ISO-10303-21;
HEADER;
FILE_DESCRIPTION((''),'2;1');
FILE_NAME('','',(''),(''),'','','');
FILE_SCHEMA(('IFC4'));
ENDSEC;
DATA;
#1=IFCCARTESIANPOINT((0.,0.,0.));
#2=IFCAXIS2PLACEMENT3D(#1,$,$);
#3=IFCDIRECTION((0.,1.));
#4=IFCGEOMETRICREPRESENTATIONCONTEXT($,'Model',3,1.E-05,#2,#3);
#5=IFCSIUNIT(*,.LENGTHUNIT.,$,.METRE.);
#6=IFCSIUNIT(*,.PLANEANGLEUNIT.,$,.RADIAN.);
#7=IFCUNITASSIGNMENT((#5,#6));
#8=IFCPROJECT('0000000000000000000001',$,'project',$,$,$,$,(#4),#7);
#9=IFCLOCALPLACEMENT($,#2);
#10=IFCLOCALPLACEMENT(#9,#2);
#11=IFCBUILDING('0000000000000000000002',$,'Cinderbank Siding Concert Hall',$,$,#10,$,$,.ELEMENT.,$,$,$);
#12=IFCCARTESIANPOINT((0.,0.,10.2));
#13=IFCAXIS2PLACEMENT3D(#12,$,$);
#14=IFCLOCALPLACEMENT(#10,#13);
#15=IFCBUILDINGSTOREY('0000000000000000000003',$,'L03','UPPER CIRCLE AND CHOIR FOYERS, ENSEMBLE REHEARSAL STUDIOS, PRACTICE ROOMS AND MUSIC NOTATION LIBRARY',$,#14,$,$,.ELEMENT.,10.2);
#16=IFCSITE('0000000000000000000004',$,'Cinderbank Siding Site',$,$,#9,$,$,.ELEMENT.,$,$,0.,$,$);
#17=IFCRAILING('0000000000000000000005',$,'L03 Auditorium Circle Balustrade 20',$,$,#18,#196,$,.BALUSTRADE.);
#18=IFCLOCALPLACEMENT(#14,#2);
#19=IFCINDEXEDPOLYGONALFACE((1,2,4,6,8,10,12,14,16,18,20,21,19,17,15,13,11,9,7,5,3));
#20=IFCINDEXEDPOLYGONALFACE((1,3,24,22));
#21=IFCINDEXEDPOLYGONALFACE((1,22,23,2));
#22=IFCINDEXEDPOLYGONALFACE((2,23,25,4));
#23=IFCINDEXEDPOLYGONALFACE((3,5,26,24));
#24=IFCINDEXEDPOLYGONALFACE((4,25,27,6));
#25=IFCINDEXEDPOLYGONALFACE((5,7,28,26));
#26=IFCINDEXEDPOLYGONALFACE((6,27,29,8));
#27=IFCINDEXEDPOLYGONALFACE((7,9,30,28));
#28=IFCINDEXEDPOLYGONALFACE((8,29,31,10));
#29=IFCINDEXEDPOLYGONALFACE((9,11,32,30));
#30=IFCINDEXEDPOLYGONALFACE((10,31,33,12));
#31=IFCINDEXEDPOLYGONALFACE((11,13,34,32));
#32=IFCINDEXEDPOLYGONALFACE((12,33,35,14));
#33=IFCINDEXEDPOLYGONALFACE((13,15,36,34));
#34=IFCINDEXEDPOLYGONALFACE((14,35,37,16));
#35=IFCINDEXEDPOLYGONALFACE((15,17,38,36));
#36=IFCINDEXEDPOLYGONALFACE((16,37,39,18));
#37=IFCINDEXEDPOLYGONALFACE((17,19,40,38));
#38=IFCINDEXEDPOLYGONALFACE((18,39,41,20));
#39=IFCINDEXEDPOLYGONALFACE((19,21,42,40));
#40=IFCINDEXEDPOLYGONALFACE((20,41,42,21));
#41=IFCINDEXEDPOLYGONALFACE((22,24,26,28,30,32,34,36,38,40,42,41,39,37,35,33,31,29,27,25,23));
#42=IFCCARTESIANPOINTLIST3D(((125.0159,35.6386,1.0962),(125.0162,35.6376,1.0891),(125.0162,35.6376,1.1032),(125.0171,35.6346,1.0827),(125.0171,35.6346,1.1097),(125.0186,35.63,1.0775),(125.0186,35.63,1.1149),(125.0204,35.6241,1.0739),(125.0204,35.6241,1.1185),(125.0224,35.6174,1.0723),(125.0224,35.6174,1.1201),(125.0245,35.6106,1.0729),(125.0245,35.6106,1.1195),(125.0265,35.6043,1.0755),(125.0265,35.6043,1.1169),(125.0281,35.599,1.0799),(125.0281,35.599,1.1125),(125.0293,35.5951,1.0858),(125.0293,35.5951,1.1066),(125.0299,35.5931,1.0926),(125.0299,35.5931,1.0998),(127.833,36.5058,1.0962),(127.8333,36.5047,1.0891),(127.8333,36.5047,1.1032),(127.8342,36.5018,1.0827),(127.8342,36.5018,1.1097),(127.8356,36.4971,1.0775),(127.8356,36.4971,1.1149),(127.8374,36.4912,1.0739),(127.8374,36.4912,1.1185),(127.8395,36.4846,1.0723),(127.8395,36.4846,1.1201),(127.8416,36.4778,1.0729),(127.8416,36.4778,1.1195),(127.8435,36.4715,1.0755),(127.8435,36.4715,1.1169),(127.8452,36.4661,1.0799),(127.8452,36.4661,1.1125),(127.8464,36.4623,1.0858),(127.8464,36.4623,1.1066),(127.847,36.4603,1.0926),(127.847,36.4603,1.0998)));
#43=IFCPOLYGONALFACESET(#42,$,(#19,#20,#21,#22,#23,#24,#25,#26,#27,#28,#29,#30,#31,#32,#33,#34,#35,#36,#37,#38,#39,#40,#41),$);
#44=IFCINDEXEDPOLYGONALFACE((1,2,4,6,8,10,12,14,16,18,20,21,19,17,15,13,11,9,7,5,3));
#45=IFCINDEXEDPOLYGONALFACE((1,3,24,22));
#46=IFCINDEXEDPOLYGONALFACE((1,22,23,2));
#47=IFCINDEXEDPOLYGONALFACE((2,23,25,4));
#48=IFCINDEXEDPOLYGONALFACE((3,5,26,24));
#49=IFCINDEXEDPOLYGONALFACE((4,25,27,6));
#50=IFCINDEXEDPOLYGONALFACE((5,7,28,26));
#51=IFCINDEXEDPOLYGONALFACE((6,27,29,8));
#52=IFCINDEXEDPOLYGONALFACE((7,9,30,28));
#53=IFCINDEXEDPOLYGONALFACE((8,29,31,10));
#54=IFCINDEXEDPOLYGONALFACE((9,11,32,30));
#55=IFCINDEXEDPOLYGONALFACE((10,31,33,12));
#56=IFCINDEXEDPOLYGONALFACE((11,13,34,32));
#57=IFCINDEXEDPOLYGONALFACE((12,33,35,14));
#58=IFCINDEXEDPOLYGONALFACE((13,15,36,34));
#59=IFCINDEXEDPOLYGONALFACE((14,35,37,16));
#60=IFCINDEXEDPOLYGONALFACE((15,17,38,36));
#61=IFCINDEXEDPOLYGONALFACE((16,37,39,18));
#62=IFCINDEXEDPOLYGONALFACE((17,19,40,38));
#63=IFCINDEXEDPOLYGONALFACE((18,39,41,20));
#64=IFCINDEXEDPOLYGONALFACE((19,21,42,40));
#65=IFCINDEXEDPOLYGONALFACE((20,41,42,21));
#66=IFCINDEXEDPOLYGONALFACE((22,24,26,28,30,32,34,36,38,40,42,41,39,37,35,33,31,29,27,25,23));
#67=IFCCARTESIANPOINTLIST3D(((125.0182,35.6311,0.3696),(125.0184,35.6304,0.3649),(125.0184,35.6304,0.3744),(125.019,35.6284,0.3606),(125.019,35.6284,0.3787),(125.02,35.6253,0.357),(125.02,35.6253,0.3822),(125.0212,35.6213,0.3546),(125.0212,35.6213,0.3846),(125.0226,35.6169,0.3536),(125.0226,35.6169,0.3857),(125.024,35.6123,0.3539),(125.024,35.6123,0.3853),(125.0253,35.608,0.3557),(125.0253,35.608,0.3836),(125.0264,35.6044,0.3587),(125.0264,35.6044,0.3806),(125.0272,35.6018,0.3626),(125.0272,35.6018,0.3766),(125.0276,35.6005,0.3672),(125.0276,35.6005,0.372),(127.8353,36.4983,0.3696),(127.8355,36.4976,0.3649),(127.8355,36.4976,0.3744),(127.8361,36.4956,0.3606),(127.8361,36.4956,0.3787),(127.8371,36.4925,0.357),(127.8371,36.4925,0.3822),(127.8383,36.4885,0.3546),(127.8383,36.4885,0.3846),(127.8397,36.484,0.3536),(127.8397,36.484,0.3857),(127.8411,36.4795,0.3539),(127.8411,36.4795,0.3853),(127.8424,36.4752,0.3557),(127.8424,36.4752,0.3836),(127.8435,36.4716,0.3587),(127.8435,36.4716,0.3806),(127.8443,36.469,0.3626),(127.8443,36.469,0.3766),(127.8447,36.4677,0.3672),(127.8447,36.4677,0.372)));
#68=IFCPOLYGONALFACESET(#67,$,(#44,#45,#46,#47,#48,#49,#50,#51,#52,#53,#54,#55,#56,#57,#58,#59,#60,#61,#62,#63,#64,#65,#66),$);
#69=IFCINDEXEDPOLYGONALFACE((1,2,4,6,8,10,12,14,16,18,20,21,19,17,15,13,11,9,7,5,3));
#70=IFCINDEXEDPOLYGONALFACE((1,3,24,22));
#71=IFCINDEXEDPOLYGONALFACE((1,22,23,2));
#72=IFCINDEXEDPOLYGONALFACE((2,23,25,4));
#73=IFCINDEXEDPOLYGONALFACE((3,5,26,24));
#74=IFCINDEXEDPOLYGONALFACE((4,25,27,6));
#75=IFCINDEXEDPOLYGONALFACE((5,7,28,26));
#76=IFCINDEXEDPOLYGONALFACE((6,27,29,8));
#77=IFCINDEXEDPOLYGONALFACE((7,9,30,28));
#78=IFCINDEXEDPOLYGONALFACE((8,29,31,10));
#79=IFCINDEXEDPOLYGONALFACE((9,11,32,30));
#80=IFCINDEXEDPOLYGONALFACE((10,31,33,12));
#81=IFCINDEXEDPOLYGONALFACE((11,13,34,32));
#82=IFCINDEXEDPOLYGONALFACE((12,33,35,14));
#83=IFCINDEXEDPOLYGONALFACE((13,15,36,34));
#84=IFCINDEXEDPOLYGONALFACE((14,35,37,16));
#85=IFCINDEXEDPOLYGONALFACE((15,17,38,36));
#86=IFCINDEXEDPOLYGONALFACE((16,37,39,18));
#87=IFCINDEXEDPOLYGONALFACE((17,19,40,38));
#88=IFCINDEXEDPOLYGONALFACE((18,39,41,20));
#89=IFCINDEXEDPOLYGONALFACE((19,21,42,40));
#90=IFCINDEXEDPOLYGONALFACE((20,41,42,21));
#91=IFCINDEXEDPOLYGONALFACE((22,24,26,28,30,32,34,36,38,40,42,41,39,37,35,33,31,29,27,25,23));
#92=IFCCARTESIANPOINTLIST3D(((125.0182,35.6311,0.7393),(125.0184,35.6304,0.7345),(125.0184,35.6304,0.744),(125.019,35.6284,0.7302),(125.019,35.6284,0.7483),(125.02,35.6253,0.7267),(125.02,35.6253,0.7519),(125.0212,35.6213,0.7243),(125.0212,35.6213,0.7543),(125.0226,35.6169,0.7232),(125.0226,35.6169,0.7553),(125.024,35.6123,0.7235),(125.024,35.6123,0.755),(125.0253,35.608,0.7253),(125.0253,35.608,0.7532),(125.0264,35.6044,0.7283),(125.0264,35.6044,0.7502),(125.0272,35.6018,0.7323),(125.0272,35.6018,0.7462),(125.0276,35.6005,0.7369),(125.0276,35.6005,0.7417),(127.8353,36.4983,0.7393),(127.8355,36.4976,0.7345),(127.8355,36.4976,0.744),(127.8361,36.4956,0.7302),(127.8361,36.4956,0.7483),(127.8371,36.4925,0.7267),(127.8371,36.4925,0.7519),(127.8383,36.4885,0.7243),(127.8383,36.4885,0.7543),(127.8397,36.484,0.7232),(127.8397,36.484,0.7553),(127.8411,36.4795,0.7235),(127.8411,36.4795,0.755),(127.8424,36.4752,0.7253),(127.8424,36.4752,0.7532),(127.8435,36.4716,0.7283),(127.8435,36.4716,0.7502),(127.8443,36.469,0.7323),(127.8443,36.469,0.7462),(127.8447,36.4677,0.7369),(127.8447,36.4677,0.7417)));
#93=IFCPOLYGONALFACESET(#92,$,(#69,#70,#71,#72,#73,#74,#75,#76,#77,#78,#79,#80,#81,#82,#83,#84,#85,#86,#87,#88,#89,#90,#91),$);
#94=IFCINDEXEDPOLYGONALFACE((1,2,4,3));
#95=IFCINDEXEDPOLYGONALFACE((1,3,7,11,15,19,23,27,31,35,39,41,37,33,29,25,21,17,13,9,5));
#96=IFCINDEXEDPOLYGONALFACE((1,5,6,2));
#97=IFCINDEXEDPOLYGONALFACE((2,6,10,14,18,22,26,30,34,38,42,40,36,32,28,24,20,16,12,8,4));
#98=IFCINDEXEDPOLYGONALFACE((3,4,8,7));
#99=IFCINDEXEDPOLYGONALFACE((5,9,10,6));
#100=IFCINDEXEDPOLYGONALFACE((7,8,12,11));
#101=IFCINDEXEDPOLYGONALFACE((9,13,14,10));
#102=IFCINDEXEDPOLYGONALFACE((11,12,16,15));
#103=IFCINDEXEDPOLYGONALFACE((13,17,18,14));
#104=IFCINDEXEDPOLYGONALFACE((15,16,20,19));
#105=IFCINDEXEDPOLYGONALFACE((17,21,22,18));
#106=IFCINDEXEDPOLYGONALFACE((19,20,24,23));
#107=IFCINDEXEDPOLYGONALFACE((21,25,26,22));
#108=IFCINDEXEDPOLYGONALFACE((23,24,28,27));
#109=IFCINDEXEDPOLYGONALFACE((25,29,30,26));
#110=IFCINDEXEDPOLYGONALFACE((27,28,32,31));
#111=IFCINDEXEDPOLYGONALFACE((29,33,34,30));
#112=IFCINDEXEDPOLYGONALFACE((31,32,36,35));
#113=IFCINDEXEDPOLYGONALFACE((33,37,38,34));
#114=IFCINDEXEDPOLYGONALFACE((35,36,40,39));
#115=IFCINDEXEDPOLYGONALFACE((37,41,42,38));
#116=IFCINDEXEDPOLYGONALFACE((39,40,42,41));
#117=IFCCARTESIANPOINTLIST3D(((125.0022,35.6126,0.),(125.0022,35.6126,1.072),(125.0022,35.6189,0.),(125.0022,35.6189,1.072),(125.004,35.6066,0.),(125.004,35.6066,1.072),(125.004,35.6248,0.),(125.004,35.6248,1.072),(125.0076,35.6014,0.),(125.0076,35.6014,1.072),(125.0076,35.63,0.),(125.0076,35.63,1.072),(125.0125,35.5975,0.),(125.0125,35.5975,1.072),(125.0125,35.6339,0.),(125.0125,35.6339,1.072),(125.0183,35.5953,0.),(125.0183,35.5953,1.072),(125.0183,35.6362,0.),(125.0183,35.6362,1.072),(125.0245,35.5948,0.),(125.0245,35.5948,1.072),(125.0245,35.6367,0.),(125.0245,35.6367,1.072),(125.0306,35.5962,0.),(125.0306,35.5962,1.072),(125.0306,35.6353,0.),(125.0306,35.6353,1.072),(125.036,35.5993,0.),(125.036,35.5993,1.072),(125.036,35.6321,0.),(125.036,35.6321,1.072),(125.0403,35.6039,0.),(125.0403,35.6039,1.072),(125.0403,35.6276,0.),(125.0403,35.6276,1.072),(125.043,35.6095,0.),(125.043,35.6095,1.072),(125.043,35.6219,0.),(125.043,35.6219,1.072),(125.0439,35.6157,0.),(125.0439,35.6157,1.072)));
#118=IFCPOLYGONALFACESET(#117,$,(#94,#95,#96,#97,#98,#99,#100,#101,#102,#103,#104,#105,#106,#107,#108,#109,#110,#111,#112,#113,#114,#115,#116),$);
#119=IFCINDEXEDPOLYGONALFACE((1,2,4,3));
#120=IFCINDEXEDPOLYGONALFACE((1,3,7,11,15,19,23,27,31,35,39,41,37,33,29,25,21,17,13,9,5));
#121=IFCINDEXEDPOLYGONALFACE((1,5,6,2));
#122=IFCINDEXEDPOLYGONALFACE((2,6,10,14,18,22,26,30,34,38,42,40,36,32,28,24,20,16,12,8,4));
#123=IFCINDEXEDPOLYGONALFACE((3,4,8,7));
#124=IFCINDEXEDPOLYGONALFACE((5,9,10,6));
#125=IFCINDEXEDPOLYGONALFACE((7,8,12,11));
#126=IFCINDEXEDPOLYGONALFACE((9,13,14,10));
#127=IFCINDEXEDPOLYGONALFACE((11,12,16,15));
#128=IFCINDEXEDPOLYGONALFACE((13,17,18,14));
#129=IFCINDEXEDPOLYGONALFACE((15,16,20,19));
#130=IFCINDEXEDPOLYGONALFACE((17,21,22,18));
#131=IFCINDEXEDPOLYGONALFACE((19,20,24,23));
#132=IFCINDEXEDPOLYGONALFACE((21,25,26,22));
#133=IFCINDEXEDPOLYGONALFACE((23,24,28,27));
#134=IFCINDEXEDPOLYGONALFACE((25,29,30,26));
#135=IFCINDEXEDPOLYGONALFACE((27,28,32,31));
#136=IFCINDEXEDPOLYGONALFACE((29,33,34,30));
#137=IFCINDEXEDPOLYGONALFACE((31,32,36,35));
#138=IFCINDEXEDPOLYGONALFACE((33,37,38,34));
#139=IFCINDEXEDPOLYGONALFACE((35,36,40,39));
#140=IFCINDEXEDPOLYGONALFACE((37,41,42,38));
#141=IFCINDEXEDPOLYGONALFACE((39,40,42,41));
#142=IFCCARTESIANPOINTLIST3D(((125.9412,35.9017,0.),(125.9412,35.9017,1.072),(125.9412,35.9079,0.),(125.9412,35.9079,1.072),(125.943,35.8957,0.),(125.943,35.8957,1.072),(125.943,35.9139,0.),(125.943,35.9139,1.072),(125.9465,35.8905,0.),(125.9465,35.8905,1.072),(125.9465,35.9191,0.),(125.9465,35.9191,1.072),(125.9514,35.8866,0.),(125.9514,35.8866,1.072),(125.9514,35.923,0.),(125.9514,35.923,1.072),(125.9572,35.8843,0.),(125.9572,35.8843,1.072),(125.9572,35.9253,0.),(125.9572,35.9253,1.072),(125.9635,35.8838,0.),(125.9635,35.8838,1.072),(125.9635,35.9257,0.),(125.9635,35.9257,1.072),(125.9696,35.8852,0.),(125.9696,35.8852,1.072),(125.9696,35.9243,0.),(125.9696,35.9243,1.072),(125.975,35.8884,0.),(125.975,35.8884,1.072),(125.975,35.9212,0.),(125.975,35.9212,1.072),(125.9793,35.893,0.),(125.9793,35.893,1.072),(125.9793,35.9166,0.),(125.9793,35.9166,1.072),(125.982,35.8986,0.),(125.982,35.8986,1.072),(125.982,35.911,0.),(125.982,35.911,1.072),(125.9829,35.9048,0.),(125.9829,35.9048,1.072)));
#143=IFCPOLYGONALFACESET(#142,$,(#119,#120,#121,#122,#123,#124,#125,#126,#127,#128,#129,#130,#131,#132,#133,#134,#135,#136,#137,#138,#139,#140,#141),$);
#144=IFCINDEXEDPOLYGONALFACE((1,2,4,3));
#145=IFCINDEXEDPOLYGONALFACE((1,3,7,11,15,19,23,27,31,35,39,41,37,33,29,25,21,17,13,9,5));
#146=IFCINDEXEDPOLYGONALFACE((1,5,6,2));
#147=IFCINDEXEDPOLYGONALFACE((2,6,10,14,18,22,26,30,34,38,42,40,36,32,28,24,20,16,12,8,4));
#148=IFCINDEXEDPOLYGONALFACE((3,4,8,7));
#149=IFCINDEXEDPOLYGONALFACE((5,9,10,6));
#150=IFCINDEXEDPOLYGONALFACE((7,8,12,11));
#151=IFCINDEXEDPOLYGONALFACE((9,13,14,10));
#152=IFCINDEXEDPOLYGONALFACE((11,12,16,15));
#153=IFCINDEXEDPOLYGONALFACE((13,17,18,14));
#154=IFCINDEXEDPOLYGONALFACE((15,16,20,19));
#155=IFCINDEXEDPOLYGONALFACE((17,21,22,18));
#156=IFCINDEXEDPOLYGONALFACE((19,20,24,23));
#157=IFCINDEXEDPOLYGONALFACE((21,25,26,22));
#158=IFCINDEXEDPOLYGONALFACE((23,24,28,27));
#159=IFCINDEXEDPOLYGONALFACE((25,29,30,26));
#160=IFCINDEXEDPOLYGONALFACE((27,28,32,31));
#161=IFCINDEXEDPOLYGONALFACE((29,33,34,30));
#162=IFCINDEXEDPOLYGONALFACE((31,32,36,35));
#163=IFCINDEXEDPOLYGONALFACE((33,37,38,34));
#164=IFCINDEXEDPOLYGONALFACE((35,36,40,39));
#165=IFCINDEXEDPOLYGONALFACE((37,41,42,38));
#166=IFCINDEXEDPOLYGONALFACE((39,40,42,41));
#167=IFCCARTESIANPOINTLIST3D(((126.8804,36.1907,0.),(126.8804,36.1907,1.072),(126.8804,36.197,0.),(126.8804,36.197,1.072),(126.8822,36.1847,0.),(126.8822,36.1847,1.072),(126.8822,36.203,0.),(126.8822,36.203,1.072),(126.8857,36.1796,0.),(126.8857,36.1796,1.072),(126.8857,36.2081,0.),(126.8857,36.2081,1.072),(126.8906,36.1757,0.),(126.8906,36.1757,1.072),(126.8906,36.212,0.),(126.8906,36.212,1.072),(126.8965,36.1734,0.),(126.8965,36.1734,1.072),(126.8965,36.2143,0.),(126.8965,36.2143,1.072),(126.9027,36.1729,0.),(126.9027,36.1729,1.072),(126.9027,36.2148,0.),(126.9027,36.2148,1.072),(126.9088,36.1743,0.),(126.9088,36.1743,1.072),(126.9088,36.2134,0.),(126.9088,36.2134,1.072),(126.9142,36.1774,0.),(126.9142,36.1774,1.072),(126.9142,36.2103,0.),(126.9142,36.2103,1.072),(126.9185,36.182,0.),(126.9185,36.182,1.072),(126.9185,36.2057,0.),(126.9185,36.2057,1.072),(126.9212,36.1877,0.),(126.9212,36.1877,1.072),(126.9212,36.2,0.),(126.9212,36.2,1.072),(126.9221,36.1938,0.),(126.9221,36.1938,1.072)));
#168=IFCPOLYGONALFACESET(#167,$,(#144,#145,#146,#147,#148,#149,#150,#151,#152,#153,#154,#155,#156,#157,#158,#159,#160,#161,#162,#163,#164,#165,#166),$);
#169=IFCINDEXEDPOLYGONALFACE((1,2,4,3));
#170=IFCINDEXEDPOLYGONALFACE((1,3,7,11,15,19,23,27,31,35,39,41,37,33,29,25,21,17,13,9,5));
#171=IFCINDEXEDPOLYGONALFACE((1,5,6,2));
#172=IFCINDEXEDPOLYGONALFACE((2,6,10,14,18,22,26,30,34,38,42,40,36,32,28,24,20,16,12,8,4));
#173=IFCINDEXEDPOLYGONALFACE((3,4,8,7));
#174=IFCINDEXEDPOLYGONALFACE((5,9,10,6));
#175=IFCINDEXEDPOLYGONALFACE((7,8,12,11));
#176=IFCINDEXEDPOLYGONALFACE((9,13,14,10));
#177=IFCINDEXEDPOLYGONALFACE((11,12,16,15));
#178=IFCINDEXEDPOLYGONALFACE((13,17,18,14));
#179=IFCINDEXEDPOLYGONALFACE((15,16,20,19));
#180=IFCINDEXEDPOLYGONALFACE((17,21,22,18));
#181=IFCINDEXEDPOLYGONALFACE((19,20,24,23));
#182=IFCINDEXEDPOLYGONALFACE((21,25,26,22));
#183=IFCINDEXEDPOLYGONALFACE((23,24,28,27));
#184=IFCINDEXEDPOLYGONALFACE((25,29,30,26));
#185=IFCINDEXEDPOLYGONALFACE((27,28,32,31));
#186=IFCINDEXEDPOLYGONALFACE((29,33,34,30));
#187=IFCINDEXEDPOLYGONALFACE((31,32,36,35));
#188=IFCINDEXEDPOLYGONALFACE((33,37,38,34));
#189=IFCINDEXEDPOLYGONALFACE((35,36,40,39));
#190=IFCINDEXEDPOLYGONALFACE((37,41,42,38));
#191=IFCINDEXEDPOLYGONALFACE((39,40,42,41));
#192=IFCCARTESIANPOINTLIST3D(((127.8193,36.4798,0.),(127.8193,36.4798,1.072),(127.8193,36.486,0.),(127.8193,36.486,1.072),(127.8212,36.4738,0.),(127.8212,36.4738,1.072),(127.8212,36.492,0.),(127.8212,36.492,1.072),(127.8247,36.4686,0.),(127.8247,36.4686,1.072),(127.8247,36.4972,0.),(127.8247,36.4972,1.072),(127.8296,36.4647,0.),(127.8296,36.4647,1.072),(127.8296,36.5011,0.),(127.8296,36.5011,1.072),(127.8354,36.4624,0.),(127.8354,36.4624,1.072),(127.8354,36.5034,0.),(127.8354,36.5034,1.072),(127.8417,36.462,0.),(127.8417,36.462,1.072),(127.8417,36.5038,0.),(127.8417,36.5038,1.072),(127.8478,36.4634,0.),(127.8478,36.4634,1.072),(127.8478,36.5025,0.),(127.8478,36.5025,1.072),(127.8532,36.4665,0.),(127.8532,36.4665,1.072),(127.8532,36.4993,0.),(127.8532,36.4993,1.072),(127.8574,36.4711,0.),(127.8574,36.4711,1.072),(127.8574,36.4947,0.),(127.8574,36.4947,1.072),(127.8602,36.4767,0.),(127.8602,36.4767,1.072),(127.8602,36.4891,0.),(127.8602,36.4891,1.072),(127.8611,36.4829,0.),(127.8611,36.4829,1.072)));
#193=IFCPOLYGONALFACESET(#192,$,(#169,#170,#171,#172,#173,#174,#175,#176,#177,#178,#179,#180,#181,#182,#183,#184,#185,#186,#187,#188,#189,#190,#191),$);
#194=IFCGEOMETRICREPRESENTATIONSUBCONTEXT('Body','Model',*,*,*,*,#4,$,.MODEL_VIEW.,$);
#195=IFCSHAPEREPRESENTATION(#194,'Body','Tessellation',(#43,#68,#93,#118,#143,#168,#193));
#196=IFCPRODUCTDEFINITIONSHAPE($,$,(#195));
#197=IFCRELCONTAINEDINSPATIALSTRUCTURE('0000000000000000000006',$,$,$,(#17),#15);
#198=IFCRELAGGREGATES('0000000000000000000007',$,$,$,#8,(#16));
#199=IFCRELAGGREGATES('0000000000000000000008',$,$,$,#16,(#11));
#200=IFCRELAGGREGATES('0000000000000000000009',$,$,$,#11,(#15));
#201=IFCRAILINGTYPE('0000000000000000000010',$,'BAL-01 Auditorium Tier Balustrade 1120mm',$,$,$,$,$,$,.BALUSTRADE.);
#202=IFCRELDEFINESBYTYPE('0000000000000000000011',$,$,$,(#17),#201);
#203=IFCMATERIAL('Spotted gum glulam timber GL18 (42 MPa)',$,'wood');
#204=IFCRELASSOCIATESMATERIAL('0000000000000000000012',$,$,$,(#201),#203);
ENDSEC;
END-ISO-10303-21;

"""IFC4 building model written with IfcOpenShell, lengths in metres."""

from ifc_helpers import new_model, si_unit, direction, frame, origin, origin_2d, place, context, subcontext, project, spatial, circle, extrude, material, type_object, element, save


model = new_model("IFC4")

# Units and contexts
model_context = context("Model", 3, precision=1e-05, world=origin(), true_north=direction((0.0, 1.0)))
body_context = subcontext(model_context, "Body", "Model", "MODEL_VIEW")
ifc_project = project(units=[si_unit("LENGTHUNIT", "METRE"), si_unit("PLANEANGLEUNIT", "RADIAN")], contexts=[model_context])

# Site, building, storey
site_placement = place(None, origin())
site = spatial("IfcSite", under=ifc_project, at=site_placement, Name="Cinderbank Siding Site", CompositionType="ELEMENT", RefElevation=0.0)
building_placement = place(site_placement, origin())
building = spatial("IfcBuilding", under=site, at=building_placement, Name="Cinderbank Siding Concert Hall", CompositionType="ELEMENT")
storey_placement = place(building_placement, frame((0.0, 0.0, 10.2)))
storey = spatial("IfcBuildingStorey", under=building, at=storey_placement, Name="L03", Description="UPPER CIRCLE AND CHOIR FOYERS, ENSEMBLE REHEARSAL STUDIOS, PRACTICE ROOMS AND MUSIC NOTATION LIBRARY", CompositionType="ELEMENT", Elevation=10.2)

# Shared definitions
ifc_material_1 = material(Name="Spotted gum glulam timber GL18 (42 MPa)", Category="wood")

# Railing
railing_type = type_object("IfcRailingType", Name="BAL-01 Auditorium Tier Balustrade 1120mm", PredefinedType="BALUSTRADE", material=ifc_material_1)
railing_1_placement = place(storey_placement, frame((125.0229, 35.6157, 0.0)))
element("IfcRailing", 1, at=railing_1_placement, inside=storey, type_object=railing_type, Name="L03 Auditorium Circle Balustrade 20", PredefinedType="BALUSTRADE", context=body_context, shape_type="SweptSolid", body=[
    extrude(circle(Radius=0.0239, at=origin_2d()), frame((0.0, 0.0, 1.0962), z_axis=(0.955743, 0.294202, 0.0), x_axis=(-0.294202, 0.955743, 0.0)), (0.0, 0.0, 1.0), 2.9475),
    extrude(circle(Radius=0.0161, at=origin_2d()), frame((0.0, 0.0, 0.3696), z_axis=(0.955743, 0.294202, 0.0), x_axis=(-0.294202, 0.955743, 0.0)), (0.0, 0.0, 1.0), 2.9475),
    extrude(circle(Radius=0.0161, at=origin_2d()), frame((0.0, 0.0, 0.7393), z_axis=(0.955743, 0.294202, 0.0), x_axis=(-0.294202, 0.955743, 0.0)), (0.0, 0.0, 1.0), 2.9475),
    extrude(circle(Radius=0.021, at=origin_2d()), origin(), (0.0, 0.0, 1.0), 1.072),
    extrude(circle(Radius=0.021, at=origin_2d()), frame((0.939, 0.2891, 0.0)), (0.0, 0.0, 1.0), 1.072),
    extrude(circle(Radius=0.021, at=origin_2d()), frame((1.8782, 0.5781, 0.0)), (0.0, 0.0, 1.0), 1.072),
    extrude(circle(Radius=0.021, at=origin_2d()), frame((2.8171, 0.8672, 0.0)), (0.0, 0.0, 1.0), 1.072),
])

save(model, "model.ifc")
